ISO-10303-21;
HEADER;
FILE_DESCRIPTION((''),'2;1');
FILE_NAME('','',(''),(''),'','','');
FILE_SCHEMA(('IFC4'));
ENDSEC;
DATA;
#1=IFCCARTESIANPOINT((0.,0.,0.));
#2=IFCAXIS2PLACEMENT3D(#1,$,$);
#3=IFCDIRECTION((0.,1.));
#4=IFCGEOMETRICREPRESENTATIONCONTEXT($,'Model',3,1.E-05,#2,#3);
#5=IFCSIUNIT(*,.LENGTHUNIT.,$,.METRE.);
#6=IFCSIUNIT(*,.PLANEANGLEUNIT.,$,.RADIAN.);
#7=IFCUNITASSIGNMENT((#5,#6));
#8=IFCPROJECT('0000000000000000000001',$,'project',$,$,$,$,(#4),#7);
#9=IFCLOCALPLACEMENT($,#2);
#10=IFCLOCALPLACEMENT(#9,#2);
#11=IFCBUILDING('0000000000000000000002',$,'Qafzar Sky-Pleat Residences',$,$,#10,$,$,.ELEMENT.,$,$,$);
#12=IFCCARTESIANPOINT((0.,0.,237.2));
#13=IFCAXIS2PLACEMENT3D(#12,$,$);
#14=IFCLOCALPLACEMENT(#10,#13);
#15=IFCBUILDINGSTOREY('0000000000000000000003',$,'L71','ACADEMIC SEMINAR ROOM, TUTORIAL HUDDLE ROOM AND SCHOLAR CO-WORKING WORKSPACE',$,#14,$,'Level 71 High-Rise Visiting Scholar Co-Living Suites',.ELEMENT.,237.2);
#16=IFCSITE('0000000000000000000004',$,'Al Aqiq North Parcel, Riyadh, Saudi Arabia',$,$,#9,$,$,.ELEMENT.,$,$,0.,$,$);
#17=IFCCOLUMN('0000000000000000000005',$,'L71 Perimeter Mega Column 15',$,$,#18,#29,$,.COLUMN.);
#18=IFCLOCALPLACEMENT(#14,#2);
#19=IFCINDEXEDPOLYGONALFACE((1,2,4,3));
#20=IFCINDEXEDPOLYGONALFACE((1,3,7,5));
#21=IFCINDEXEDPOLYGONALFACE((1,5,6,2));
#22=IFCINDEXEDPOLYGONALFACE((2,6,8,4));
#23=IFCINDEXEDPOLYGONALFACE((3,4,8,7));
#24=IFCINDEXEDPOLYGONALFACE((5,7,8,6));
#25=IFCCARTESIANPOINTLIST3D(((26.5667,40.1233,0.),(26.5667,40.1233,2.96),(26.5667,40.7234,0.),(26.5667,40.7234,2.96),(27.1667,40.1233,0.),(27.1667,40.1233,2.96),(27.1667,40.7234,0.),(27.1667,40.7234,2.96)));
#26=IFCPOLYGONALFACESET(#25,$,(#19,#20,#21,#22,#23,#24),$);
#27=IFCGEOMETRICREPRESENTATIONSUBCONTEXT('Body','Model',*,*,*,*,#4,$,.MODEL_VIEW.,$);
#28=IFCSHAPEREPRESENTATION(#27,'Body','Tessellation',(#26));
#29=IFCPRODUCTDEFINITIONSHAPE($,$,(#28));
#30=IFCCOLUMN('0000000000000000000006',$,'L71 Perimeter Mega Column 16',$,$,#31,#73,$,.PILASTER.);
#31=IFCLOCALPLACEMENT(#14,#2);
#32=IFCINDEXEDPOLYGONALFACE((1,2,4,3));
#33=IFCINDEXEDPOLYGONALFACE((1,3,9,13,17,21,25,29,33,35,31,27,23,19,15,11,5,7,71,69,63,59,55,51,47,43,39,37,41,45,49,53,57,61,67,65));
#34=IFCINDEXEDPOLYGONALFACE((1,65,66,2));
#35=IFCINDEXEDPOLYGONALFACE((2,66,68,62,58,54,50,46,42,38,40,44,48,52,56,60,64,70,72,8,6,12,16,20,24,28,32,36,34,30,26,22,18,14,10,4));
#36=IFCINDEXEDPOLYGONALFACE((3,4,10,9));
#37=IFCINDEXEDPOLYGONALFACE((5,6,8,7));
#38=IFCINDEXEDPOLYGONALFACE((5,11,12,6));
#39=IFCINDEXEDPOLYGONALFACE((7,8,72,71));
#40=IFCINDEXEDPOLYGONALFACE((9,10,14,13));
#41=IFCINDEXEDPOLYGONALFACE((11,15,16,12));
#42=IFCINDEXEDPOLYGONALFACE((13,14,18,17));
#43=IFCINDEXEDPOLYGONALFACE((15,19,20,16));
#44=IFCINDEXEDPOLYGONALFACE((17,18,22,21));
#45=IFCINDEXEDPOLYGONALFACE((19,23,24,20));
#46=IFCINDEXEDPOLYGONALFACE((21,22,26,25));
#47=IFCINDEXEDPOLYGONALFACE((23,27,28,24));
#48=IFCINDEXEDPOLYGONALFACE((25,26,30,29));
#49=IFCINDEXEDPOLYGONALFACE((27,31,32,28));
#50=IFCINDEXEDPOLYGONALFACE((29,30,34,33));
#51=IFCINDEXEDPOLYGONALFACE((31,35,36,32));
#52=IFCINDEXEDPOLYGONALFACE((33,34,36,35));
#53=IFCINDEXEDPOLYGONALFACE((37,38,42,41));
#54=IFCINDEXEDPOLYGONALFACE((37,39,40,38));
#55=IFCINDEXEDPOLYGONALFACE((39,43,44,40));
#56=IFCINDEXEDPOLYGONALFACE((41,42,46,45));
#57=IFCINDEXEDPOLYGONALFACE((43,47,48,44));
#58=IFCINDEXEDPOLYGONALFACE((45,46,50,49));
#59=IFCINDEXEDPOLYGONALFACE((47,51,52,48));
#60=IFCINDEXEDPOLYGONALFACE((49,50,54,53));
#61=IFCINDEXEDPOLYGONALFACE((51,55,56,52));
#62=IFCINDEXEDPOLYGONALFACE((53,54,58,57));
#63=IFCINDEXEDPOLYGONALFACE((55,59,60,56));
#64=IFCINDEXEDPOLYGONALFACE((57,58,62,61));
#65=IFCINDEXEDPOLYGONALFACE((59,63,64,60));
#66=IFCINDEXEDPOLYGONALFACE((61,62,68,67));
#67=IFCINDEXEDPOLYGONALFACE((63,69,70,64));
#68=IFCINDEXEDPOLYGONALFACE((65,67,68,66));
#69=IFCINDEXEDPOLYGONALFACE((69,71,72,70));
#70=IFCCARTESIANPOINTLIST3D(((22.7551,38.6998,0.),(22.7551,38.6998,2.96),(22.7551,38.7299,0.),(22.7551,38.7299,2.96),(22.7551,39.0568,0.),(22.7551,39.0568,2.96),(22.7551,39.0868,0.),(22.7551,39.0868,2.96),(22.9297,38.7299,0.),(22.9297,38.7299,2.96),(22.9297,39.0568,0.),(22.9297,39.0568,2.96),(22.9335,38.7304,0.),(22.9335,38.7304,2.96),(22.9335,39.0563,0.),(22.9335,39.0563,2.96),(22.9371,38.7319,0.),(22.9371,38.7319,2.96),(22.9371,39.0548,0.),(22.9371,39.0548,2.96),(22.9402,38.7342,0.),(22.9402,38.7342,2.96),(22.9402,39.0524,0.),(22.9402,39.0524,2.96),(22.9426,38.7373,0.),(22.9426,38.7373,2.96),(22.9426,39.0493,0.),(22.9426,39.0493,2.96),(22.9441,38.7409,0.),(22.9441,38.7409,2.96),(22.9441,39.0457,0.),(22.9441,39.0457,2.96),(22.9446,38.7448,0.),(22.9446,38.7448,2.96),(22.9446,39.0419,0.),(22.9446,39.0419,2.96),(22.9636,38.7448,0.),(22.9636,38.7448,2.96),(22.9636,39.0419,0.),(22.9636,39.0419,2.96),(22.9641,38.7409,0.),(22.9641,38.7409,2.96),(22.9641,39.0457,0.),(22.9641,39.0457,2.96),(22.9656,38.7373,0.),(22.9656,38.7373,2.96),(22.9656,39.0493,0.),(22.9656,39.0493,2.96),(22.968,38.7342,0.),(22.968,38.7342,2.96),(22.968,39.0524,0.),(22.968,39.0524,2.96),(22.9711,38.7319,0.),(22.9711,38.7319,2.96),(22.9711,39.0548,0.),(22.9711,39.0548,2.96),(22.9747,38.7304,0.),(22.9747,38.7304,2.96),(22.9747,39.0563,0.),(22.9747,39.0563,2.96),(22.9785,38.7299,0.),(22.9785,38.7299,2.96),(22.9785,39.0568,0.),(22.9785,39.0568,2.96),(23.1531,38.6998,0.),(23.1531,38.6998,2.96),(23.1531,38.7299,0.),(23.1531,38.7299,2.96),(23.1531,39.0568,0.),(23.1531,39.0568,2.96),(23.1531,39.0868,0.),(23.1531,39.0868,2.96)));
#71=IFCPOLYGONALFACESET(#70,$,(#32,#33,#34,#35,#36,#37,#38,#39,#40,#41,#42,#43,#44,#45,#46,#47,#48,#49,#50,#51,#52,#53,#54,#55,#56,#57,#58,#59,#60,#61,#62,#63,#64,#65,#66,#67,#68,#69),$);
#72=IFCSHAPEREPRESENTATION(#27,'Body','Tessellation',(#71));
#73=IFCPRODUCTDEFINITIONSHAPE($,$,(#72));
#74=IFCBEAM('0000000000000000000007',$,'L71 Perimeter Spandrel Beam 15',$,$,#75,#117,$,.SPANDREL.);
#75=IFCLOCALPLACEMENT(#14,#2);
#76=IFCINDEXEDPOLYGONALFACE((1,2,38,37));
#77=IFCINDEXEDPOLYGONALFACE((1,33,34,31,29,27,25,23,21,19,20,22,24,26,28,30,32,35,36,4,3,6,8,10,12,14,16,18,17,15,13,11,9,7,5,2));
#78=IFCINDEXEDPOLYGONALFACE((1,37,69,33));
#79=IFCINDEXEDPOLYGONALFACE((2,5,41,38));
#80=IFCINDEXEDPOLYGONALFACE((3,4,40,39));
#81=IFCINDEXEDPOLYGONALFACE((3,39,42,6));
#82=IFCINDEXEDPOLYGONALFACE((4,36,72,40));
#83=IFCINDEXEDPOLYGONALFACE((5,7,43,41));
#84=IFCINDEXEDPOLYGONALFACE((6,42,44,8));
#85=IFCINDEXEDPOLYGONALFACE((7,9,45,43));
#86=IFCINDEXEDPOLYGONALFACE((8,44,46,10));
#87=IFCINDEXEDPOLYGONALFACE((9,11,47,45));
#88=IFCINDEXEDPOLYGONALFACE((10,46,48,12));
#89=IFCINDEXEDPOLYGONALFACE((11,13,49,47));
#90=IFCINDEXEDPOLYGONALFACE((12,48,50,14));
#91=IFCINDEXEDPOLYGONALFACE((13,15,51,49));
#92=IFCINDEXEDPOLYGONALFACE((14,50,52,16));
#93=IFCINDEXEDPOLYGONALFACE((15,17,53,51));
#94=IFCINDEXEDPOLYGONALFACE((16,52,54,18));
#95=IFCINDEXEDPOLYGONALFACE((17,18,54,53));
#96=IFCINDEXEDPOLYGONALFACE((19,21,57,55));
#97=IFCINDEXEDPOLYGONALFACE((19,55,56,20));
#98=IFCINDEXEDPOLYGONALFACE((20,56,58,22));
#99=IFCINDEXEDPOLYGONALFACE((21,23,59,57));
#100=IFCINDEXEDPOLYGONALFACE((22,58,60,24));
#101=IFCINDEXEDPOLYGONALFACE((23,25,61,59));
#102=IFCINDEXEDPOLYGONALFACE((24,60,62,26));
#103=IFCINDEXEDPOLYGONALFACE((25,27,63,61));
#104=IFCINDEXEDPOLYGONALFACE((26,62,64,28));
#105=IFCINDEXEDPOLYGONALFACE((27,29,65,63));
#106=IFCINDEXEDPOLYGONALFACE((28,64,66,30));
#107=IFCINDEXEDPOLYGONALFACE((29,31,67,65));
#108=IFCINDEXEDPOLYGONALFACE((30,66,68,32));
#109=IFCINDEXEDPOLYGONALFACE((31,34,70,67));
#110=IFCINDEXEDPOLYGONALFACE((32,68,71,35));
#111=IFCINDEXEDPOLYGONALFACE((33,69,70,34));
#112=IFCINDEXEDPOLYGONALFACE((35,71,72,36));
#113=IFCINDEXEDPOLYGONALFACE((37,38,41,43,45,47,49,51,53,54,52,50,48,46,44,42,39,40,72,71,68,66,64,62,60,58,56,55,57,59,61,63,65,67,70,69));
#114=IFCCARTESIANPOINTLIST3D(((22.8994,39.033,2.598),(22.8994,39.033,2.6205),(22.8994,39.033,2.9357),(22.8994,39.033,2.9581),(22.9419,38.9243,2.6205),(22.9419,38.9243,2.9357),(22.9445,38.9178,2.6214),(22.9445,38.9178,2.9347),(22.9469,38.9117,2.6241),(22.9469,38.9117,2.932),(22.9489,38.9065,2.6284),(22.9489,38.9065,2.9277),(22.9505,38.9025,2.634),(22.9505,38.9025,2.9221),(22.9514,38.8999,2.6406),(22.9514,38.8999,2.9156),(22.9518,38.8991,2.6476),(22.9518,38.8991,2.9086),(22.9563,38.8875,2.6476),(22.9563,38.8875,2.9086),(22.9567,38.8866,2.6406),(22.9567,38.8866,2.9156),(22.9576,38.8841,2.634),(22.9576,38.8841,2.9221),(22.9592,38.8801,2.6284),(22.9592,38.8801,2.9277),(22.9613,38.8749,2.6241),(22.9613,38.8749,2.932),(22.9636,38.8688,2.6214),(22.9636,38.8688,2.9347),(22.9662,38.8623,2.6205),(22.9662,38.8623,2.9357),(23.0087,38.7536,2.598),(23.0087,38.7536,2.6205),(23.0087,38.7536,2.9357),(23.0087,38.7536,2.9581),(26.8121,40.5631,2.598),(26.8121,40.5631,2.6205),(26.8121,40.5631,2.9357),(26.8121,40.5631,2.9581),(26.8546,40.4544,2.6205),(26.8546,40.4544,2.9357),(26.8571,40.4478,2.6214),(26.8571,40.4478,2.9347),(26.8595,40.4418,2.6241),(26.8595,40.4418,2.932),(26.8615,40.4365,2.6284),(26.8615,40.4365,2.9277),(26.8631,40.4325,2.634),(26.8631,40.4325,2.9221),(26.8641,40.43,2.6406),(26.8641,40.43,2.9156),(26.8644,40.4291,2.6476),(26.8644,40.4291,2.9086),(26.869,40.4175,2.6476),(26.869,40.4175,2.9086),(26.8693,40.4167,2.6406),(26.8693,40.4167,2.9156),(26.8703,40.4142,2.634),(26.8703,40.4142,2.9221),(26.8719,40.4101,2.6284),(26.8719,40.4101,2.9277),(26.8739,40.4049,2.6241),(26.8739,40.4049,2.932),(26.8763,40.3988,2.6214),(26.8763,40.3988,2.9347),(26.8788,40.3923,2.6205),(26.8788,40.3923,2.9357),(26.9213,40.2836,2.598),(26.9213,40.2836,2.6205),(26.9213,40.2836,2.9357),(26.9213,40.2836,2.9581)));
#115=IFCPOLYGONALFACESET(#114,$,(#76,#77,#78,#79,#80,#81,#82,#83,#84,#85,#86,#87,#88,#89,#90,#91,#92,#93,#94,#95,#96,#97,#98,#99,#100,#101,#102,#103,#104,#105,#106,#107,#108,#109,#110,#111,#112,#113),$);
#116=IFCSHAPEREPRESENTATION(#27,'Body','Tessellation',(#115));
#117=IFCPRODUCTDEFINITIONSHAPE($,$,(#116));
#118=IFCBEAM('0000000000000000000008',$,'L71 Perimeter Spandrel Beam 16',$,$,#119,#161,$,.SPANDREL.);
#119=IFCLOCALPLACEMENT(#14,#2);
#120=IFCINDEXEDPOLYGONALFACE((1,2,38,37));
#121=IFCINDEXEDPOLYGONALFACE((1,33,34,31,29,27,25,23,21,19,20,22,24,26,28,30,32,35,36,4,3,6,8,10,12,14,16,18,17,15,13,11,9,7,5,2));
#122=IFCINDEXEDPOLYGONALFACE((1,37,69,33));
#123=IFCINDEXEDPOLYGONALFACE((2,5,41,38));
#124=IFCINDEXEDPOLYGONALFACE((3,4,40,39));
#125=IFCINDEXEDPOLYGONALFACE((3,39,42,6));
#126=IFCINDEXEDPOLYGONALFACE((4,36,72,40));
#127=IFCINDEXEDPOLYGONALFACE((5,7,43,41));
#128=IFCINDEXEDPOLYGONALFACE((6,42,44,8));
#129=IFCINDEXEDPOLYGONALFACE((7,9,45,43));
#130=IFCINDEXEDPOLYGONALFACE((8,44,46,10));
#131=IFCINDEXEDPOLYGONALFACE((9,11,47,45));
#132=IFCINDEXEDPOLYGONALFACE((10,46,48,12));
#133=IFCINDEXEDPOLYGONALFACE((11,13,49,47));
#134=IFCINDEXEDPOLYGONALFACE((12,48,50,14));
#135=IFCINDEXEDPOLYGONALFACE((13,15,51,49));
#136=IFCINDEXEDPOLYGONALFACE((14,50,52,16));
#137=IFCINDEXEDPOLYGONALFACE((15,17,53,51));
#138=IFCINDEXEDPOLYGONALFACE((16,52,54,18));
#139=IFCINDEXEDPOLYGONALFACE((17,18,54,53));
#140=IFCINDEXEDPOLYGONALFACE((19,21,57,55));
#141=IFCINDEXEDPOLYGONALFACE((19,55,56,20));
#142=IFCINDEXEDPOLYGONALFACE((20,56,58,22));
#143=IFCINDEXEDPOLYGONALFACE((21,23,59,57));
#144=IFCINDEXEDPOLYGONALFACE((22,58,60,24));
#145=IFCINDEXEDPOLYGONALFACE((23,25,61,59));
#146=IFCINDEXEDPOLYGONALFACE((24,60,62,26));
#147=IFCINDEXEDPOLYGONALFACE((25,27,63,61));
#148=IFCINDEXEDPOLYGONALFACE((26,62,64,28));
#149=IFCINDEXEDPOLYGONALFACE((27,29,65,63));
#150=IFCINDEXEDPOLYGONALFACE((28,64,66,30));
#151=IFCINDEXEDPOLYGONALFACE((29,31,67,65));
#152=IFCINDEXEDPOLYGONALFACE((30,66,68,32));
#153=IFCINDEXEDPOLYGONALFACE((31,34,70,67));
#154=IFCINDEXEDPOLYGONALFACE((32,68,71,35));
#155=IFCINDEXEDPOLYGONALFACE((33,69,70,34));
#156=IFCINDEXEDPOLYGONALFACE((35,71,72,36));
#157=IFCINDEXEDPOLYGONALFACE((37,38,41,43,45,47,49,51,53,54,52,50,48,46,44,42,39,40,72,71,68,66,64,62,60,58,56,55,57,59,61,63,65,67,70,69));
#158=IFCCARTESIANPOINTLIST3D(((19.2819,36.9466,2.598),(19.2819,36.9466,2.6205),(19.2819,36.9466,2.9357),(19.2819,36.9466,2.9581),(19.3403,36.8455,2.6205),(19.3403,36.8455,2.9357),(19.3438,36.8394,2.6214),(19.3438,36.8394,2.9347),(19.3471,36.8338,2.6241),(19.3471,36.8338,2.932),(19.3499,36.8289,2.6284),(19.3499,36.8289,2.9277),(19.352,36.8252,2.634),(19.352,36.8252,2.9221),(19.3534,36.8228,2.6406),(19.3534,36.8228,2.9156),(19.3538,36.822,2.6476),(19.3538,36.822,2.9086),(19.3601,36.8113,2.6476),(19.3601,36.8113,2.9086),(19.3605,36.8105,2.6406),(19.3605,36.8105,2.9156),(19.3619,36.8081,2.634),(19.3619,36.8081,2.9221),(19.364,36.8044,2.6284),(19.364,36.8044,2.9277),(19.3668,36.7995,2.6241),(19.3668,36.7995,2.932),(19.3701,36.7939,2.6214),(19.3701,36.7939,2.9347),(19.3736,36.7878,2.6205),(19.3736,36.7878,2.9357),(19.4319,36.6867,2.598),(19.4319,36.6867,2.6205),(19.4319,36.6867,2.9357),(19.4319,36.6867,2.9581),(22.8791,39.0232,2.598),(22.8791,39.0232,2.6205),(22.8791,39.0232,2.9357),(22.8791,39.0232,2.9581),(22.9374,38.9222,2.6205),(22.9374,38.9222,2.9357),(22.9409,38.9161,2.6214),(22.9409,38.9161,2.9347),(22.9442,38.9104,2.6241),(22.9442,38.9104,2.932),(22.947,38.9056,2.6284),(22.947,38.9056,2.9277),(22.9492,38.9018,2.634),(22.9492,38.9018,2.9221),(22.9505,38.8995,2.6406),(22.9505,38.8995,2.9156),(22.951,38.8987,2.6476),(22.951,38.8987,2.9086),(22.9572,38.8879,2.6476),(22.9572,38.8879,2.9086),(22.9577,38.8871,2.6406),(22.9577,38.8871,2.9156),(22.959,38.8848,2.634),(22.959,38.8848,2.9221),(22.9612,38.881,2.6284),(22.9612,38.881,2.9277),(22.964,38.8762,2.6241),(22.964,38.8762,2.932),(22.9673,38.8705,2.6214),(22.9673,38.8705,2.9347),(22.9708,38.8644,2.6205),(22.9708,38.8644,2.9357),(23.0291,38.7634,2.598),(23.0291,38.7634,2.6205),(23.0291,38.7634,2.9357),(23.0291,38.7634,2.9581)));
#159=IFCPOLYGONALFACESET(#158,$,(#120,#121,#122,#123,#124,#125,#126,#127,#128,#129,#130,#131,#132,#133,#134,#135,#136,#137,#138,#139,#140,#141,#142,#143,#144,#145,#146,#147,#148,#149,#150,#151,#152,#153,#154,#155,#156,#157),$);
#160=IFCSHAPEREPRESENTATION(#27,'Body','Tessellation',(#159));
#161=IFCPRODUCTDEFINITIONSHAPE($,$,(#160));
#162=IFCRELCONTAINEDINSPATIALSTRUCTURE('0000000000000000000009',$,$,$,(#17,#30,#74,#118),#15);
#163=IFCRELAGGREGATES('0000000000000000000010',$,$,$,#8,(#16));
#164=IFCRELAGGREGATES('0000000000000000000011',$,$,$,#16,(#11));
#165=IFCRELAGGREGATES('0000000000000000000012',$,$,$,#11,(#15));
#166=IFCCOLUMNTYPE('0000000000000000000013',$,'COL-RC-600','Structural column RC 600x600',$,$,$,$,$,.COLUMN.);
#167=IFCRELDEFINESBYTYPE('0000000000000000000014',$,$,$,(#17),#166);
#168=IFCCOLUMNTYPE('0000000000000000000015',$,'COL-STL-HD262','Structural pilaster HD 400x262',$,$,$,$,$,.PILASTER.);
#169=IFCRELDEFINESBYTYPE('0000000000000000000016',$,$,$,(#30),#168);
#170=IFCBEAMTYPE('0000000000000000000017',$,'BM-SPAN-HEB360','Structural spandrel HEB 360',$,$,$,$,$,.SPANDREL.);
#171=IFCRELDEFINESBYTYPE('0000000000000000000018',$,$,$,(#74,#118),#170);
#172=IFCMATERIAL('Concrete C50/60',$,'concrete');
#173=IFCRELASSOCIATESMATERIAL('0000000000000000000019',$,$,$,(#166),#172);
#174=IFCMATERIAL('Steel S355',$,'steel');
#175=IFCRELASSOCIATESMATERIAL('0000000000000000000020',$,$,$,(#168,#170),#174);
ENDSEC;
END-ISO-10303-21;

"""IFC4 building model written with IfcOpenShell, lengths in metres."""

from ifc_helpers import new_model, si_unit, direction, frame, origin, origin_2d, place, context, subcontext, project, spatial, rectangle, i_section, extrude, source, transform, mapped, material, material_profile, profile_set, type_object, element, save


model = new_model("IFC4")

# Units and contexts
model_context = context("Model", 3, precision=1e-05, world=origin(), true_north=direction((0.0, 1.0)))
body_context = subcontext(model_context, "Body", "Model", "MODEL_VIEW")
ifc_project = project(units=[si_unit("LENGTHUNIT", "METRE"), si_unit("PLANEANGLEUNIT", "RADIAN")], contexts=[model_context])

# Site, building, storey
site_placement = place(None, origin())
site = spatial("IfcSite", under=ifc_project, at=site_placement, Name="Al Aqiq North Parcel, Riyadh, Saudi Arabia", CompositionType="ELEMENT", RefElevation=0.0)
building_placement = place(site_placement, origin())
building = spatial("IfcBuilding", under=site, at=building_placement, Name="Qafzar Sky-Pleat Residences", CompositionType="ELEMENT")
storey_placement = place(building_placement, frame((0.0, 0.0, 237.2)))
storey = spatial("IfcBuildingStorey", under=building, at=storey_placement, Name="L71", Description="ACADEMIC SEMINAR ROOM, TUTORIAL HUDDLE ROOM AND SCHOLAR CO-WORKING WORKSPACE", LongName="Level 71 High-Rise Visiting Scholar Co-Living Suites", CompositionType="ELEMENT", Elevation=237.2)

# Columns
ifc_material_1 = material(Name="Concrete C50/60", Category="concrete")
ifc_material_profile_1 = material_profile(ifc_material_1, rectangle(XDim=0.6001, YDim=0.6001, at=origin_2d()), Name="RC 600x600")
ifc_profile_set_1 = profile_set([ifc_material_profile_1], Name="Concrete C50/60")
column_type_1 = type_object("IfcColumnType", Name="COL-RC-600", Description="Structural column RC 600x600", PredefinedType="COLUMN", material=ifc_profile_set_1)
shared_shape_1 = source(origin(), body_context, "Body", "SweptSolid", [
    extrude(rectangle(XDim=0.6001, YDim=0.6001, at=origin_2d()), origin(), (0.0, 0.0, 1.0), 2.96),
])
column_1_placement = place(storey_placement, frame((26.8667, 40.4233, 0.0), z_axis=(0.0, 0.0, 1.0), x_axis=(1.0, 0.0, 0.0)))
element("IfcColumn", 1, at=column_1_placement, inside=storey, type_object=column_type_1, Name="L71 Perimeter Mega Column 15", PredefinedType="COLUMN", context=body_context, shape_type="MappedRepresentation", body=[
    mapped(shared_shape_1, transform((0.0, 0.0, 0.0), x_axis=(1.0, 0.0, 0.0), y_axis=(0.0, 1.0, 0.0), z_axis=(0.0, 0.0, 1.0), scale=1.0)),
])
ifc_material_2 = material(Name="Steel S355", Category="steel")
ifc_material_profile_2 = material_profile(ifc_material_2, i_section(OverallWidth=0.3979, OverallDepth=0.387, WebThickness=0.019, FlangeThickness=0.03, FilletRadius=0.0149, at=origin_2d()), Name="HD 400x262")
ifc_profile_set_2 = profile_set([ifc_material_profile_2], Name="Steel S355")
column_type_2 = type_object("IfcColumnType", Name="COL-STL-HD262", Description="Structural pilaster HD 400x262", PredefinedType="PILASTER", material=ifc_profile_set_2)
shared_shape_2 = source(origin(), body_context, "Body", "SweptSolid", [
    extrude(i_section(OverallWidth=0.3979, OverallDepth=0.387, WebThickness=0.019, FlangeThickness=0.03, FilletRadius=0.0149, at=origin_2d()), origin(), (0.0, 0.0, 1.0), 2.96),
])
column_2_placement = place(storey_placement, frame((22.9541, 38.8933, 0.0), z_axis=(0.0, 0.0, 1.0), x_axis=(1.0, 0.0, 0.0)))
element("IfcColumn", 2, at=column_2_placement, inside=storey, type_object=column_type_2, Name="L71 Perimeter Mega Column 16", PredefinedType="PILASTER", context=body_context, shape_type="MappedRepresentation", body=[
    mapped(shared_shape_2, transform((0.0, 0.0, 0.0), x_axis=(1.0, 0.0, 0.0), y_axis=(0.0, 1.0, 0.0), z_axis=(0.0, 0.0, 1.0), scale=1.0)),
])

# Beams
ifc_material_profile_3 = material_profile(ifc_material_2, i_section(OverallWidth=0.3, OverallDepth=0.3601, WebThickness=0.0125, FlangeThickness=0.0225, FilletRadius=0.0271, at=origin_2d()), Name="HEB 360")
ifc_profile_set_3 = profile_set([ifc_material_profile_3], Name="Steel S355")
beam_type_1 = type_object("IfcBeamType", Name="BM-SPAN-HEB360", Description="Structural spandrel HEB 360", PredefinedType="SPANDREL", material=ifc_profile_set_3)
shared_shape_3 = source(origin(), body_context, "Body", "SweptSolid", [
    extrude(i_section(OverallWidth=0.3, OverallDepth=0.3601, WebThickness=0.0125, FlangeThickness=0.0225, FilletRadius=0.0271, at=origin_2d()), origin(), (0.0, 0.0, 1.0), 4.2012),
])
beam_1_placement = place(storey_placement, frame((26.8667, 40.4233, 2.7781), z_axis=(-0.931322, -0.364196, 0.0), x_axis=(0.364196, -0.931322, 0.0)))
element("IfcBeam", 3, at=beam_1_placement, inside=storey, type_object=beam_type_1, Name="L71 Perimeter Spandrel Beam 15", PredefinedType="SPANDREL", context=body_context, shape_type="MappedRepresentation", body=[
    mapped(shared_shape_3, transform((0.0, 0.0, 0.0), x_axis=(1.0, 0.0, 0.0), y_axis=(0.0, 1.0, 0.0), z_axis=(0.0, 0.0, 1.0), scale=1.0)),
])
shared_shape_4 = source(origin(), body_context, "Body", "SweptSolid", [
    extrude(i_section(OverallWidth=0.3, OverallDepth=0.3601, WebThickness=0.0125, FlangeThickness=0.0225, FilletRadius=0.0271, at=origin_2d()), origin(), (0.0, 0.0, 1.0), 4.1536),
])
beam_2_placement = place(storey_placement, frame((22.9541, 38.8933, 2.7781), z_axis=(-0.866043, -0.49997, 0.0), x_axis=(0.49997, -0.866043, 0.0)))
element("IfcBeam", 4, at=beam_2_placement, inside=storey, type_object=beam_type_1, Name="L71 Perimeter Spandrel Beam 16", PredefinedType="SPANDREL", context=body_context, shape_type="MappedRepresentation", body=[
    mapped(shared_shape_4, transform((0.0, 0.0, 0.0), x_axis=(1.0, 0.0, 0.0), y_axis=(0.0, 1.0, 0.0), z_axis=(0.0, 0.0, 1.0), scale=1.0)),
])

save(model, "model.ifc")
